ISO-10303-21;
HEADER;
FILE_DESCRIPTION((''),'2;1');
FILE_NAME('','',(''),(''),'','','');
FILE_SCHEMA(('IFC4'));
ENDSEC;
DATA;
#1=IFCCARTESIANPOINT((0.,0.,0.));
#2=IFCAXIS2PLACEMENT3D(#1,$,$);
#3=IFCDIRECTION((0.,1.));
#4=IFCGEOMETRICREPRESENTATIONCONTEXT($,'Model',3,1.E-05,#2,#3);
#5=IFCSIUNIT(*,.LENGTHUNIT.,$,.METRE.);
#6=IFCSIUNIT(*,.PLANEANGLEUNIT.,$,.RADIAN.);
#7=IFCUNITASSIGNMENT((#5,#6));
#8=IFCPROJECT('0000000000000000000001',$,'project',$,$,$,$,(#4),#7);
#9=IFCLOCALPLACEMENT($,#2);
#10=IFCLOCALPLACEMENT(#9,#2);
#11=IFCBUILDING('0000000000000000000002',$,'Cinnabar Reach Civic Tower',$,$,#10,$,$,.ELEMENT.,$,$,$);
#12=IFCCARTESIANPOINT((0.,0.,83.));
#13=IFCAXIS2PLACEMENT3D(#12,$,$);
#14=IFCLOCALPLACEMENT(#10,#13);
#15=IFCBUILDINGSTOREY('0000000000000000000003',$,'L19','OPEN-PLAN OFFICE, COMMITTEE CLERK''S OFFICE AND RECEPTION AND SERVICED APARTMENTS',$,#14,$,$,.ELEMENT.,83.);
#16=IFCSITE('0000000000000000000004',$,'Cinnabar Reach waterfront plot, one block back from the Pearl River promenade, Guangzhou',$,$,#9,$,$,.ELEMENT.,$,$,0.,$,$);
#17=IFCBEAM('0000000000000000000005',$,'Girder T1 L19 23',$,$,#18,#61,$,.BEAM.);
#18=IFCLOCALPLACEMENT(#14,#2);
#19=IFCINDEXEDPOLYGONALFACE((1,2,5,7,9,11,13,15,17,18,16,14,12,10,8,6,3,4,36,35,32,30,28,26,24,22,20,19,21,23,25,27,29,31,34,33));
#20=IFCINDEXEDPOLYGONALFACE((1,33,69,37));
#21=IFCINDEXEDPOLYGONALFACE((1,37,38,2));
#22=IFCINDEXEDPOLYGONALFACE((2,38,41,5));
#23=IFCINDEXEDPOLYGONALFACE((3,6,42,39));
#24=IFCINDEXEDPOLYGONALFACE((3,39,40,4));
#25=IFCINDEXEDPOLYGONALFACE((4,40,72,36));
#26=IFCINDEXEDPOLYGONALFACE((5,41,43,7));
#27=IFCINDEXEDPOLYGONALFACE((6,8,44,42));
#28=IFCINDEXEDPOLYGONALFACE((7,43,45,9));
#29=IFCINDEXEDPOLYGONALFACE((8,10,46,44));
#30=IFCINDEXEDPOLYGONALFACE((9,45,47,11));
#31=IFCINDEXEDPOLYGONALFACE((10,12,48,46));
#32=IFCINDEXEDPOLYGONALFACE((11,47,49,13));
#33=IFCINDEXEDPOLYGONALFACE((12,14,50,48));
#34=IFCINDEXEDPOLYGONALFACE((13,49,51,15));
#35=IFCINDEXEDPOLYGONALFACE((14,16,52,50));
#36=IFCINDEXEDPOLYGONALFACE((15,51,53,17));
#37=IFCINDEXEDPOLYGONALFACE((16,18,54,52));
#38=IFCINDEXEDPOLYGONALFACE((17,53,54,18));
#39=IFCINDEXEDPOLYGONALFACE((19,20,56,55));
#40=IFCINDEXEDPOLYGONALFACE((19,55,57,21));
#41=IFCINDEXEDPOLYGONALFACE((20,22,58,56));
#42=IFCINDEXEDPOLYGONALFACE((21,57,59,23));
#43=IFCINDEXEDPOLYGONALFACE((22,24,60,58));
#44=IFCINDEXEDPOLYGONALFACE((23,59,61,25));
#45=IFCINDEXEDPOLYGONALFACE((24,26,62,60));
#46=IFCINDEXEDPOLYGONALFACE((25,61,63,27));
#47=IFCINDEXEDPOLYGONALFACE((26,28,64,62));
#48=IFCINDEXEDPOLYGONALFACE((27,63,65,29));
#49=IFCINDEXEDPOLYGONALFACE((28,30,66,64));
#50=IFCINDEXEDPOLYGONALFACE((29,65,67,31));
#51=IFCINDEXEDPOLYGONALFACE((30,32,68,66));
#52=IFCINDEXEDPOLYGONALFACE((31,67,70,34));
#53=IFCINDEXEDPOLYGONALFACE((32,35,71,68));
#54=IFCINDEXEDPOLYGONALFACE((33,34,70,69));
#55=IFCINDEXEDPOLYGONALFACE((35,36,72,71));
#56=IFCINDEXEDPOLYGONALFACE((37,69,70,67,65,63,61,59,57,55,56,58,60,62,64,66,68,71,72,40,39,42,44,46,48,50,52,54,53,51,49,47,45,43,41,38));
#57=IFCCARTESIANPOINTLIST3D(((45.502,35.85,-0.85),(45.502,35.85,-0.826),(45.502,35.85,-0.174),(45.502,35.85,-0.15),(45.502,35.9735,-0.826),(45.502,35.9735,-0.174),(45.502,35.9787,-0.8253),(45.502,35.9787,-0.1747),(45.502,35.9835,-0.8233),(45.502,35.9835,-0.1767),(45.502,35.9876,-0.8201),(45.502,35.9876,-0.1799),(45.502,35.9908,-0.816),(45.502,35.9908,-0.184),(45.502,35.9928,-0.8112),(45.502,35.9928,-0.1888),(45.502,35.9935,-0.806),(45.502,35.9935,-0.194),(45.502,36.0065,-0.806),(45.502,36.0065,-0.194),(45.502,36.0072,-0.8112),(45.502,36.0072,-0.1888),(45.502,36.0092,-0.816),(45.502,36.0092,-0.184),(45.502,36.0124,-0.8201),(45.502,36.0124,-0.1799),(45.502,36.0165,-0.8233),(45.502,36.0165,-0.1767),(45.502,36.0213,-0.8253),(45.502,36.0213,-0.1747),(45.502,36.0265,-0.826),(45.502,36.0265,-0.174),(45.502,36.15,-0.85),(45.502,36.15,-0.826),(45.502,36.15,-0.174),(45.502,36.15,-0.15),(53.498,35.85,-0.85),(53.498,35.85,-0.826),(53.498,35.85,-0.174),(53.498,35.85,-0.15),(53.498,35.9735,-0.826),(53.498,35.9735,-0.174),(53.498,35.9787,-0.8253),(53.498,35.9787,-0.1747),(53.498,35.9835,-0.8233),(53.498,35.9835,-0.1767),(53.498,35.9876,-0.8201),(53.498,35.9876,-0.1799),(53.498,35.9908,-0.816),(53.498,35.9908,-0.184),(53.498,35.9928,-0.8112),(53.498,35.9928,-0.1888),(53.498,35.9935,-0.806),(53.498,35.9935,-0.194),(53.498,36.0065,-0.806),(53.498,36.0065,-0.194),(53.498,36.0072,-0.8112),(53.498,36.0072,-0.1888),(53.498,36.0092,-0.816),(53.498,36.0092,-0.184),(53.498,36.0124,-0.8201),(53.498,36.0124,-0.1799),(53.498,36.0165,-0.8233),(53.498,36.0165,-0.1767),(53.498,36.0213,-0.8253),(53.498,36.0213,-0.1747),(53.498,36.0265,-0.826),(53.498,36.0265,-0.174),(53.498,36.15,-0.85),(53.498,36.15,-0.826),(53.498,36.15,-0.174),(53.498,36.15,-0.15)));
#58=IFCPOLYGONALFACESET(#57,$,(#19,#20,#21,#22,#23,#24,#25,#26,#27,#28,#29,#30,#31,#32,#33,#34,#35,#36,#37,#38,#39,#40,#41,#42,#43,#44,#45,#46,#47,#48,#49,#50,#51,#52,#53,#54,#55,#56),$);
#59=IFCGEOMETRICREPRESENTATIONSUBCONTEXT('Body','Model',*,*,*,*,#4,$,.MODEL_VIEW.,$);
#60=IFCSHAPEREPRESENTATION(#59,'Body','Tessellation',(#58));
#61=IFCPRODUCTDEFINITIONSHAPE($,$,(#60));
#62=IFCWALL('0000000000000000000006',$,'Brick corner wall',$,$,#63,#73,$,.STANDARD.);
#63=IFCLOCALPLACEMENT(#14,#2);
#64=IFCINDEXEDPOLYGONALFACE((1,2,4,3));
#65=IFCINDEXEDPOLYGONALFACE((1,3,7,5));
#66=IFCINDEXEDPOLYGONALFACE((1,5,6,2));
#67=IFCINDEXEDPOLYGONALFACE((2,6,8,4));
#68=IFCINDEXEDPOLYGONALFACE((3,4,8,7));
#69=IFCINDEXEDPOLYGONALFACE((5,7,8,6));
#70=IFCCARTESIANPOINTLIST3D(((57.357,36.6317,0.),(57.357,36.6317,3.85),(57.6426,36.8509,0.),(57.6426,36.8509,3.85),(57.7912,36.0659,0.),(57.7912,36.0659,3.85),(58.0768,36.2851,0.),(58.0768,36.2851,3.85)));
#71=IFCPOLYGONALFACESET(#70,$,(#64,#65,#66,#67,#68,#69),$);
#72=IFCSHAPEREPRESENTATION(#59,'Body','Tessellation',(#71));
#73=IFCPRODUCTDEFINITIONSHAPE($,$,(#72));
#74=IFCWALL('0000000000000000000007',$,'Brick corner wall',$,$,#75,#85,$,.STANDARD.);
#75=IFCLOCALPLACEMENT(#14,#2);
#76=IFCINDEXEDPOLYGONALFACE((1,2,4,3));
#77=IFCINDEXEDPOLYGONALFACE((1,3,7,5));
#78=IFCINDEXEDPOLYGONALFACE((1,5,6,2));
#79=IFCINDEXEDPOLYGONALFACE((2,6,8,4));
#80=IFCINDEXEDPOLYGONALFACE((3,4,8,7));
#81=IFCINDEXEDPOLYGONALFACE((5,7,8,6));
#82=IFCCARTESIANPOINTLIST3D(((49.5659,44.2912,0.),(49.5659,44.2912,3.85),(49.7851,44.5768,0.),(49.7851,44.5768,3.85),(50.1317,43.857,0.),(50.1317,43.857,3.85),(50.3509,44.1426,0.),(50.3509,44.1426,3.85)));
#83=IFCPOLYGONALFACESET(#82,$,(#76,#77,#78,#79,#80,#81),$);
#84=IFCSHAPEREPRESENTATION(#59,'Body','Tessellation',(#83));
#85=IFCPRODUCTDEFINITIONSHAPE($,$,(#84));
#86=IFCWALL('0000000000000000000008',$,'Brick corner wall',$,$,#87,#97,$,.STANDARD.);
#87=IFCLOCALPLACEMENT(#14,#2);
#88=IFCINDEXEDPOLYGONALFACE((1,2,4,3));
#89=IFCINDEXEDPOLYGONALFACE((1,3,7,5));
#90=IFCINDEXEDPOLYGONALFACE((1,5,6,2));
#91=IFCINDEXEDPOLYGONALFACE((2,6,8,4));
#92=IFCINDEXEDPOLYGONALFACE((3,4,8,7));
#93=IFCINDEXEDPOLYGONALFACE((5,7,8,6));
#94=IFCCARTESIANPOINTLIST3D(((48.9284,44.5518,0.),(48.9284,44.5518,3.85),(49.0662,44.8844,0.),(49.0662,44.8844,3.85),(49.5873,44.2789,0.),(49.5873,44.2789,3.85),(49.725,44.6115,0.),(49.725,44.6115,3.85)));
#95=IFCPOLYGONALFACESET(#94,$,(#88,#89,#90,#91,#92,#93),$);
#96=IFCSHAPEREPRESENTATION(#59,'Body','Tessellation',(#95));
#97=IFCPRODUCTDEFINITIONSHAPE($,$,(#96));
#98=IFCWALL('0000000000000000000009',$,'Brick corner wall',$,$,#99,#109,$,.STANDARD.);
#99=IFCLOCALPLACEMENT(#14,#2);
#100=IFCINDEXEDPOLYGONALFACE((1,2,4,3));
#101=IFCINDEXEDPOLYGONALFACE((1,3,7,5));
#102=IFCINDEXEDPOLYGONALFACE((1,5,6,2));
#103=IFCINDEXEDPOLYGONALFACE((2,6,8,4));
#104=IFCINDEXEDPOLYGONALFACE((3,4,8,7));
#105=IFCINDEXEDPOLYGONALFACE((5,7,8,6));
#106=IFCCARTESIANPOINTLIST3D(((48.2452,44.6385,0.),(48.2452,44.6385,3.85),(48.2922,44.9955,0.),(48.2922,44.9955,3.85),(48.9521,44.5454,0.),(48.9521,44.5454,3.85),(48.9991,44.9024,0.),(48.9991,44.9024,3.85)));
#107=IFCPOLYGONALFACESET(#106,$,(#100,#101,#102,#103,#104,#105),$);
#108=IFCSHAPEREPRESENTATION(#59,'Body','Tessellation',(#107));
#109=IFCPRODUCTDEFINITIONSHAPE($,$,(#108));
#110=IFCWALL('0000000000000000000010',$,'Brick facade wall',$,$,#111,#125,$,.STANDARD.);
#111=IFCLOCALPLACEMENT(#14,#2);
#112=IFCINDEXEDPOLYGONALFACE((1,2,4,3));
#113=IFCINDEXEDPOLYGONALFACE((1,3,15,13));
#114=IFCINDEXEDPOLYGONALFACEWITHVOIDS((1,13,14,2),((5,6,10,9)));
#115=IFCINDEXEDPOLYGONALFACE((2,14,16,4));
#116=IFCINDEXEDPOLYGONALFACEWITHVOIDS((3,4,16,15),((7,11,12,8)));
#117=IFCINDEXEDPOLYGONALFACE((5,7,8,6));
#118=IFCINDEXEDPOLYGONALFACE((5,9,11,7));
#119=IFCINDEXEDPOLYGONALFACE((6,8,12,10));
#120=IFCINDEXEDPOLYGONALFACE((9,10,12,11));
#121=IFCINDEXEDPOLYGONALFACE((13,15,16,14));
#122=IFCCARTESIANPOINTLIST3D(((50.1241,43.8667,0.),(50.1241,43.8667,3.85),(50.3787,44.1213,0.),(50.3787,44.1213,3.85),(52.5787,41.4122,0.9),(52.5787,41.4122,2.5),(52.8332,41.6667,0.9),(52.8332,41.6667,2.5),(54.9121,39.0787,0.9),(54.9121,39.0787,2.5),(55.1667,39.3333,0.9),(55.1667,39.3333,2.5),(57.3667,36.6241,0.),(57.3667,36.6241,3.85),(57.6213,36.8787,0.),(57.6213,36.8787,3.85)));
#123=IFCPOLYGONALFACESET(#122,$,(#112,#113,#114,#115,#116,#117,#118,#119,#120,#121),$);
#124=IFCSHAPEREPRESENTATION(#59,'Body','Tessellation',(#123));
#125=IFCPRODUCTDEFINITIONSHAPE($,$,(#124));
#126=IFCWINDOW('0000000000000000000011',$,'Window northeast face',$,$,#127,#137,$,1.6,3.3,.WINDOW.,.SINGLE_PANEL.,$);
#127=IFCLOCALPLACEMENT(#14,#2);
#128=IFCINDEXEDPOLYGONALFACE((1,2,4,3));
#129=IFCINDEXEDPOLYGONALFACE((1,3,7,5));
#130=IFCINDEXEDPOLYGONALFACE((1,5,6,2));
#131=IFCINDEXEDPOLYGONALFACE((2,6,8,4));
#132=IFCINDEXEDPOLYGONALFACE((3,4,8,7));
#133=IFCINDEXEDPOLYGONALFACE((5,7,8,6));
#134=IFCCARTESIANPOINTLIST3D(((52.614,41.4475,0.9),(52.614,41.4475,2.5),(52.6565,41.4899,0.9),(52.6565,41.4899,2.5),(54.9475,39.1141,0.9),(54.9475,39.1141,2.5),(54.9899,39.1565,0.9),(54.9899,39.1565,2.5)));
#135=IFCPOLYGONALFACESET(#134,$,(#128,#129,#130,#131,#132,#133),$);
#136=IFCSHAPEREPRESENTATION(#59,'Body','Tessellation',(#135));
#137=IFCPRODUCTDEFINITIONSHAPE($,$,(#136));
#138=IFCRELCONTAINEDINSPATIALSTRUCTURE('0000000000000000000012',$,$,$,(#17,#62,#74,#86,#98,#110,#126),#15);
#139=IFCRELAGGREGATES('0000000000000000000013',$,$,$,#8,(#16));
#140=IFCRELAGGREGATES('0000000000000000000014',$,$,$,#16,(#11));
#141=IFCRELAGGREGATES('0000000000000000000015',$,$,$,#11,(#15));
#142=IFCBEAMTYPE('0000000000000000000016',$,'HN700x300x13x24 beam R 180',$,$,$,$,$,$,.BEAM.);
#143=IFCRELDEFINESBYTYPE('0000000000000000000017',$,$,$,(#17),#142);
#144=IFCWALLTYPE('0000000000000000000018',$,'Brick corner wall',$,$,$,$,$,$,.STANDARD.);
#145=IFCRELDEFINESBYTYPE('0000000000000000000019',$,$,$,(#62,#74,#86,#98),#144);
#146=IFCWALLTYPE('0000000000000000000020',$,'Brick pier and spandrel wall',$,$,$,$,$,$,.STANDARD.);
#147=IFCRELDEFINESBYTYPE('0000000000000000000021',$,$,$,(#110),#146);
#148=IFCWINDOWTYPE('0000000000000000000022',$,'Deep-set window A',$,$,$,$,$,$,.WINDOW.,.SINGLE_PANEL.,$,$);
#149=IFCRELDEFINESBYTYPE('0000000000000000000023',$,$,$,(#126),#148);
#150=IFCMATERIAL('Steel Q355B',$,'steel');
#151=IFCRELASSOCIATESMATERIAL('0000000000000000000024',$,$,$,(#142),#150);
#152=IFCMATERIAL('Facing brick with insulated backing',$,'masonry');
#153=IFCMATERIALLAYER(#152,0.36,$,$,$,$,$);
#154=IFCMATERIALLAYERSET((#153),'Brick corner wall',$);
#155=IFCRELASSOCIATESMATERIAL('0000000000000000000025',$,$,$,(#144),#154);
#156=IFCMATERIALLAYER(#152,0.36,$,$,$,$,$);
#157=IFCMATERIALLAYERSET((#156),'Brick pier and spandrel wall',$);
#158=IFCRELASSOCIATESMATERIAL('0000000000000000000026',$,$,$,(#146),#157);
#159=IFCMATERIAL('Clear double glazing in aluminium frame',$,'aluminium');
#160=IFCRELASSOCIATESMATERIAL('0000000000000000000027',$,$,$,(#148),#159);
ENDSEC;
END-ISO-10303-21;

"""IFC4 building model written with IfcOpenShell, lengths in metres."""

from ifc_helpers import new_model, si_unit, direction, frame, frame_2d, origin, origin_2d, place, context, subcontext, project, spatial, rectangle, i_section, extrude, material, layer, layer_set, material_profile, profile_set, type_object, element, fill, save


model = new_model("IFC4")

# Units and contexts
model_context = context("Model", 3, precision=1e-05, world=origin(), true_north=direction((0.0, 1.0)))
body_context = subcontext(model_context, "Body", "Model", "MODEL_VIEW")
ifc_project = project(units=[si_unit("LENGTHUNIT", "METRE"), si_unit("PLANEANGLEUNIT", "RADIAN")], contexts=[model_context])

# Site, building, storey
site_placement = place(None, origin())
site = spatial("IfcSite", under=ifc_project, at=site_placement, Name="Cinnabar Reach waterfront plot, one block back from the Pearl River promenade, Guangzhou", CompositionType="ELEMENT", RefElevation=0.0)
building_placement = place(site_placement, origin())
building = spatial("IfcBuilding", under=site, at=building_placement, Name="Cinnabar Reach Civic Tower", CompositionType="ELEMENT")
storey_placement = place(building_placement, frame((0.0, 0.0, 83.0)))
storey = spatial("IfcBuildingStorey", under=building, at=storey_placement, Name="L19", Description="OPEN-PLAN OFFICE, COMMITTEE CLERK'S OFFICE AND RECEPTION AND SERVICED APARTMENTS", CompositionType="ELEMENT", Elevation=83.0)

# Beam
ifc_material_1 = material(Name="Steel Q355B", Category="steel")
ifc_material_profile_1 = material_profile(ifc_material_1, i_section(OverallWidth=0.3, OverallDepth=0.7, WebThickness=0.013, FlangeThickness=0.024, FilletRadius=0.02, at=origin_2d()), Name="HN700x300x13x24")
ifc_profile_set_1 = profile_set([ifc_material_profile_1], Name="Steel Q355B")
beam_type_1 = type_object("IfcBeamType", Name="HN700x300x13x24 beam R 180", PredefinedType="BEAM", material=ifc_profile_set_1)
beam_1_placement = place(storey_placement, frame((45.502, 36.0, -0.5), z_axis=(1.0, 0.0, 0.0), x_axis=(0.0, 1.0, 0.0)))
element("IfcBeam", 1, at=beam_1_placement, inside=storey, type_object=beam_type_1, Name="Girder T1 L19 23", PredefinedType="BEAM", context=body_context, shape_type="SweptSolid", body=[
    extrude(i_section(OverallWidth=0.3, OverallDepth=0.7, WebThickness=0.013, FlangeThickness=0.024, FilletRadius=0.02, at=origin_2d()), origin(), (0.0, 0.0, 1.0), 7.996),
])

# Walls
ifc_material_2 = material(Name="Facing brick with insulated backing", Category="masonry")
ifc_layer_1 = layer(ifc_material_2, 0.36)
ifc_layer_set_1 = layer_set([ifc_layer_1], Name="Brick corner wall")
wall_type_1 = type_object("IfcWallType", Name="Brick corner wall", PredefinedType="STANDARD", material=ifc_layer_set_1)
for number, where, z_axis, x_axis, name in (
    (2, (57.934, 36.1755, 0.0), (0.0, 0.0, 1.0), (-0.608802, 0.793322, 0.0), "Brick corner wall"),
    (3, (50.2413, 43.9998, 0.0), (0.0, 0.0, 1.0), (-0.793322, 0.608802, 0.0), "Brick corner wall"),
):
    element("IfcWall", number, at=place(storey_placement, frame(where, z_axis=z_axis, x_axis=x_axis)), inside=storey, type_object=wall_type_1, Name=name, PredefinedType="STANDARD", context=body_context, shape_type="SweptSolid", body=[
        extrude(rectangle(XDim=0.7132, YDim=0.36, at=frame_2d((0.3566, 0.0))), origin(), (0.0, 0.0, 1.0), 3.85),
    ])
for number, where, z_axis, x_axis, name in (
    (4, (49.6561, 44.4452, 0.0), (0.0, 0.0, 1.0), (-0.923872, 0.382703, 0.0), "Brick corner wall"),
    (5, (48.9756, 44.7239, 0.0), (0.0, 0.0, 1.0), (-0.991441, 0.130556, 0.0), "Brick corner wall"),
):
    element("IfcWall", number, at=place(storey_placement, frame(where, z_axis=z_axis, x_axis=x_axis)), inside=storey, type_object=wall_type_1, Name=name, PredefinedType="STANDARD", context=body_context, shape_type="SweptSolid", body=[
        extrude(rectangle(XDim=0.7131, YDim=0.36, at=frame_2d((0.3565, 0.0))), origin(), (0.0, 0.0, 1.0), 3.85),
    ])

# Wall, opening, window
ifc_layer_2 = layer(ifc_material_2, 0.36)
ifc_layer_set_2 = layer_set([ifc_layer_2], Name="Brick pier and spandrel wall")
wall_type_2 = type_object("IfcWallType", Name="Brick pier and spandrel wall", PredefinedType="STANDARD", material=ifc_layer_set_2)
wall_1_placement = place(storey_placement, frame((57.494, 36.7514, 0.0), z_axis=(0.0, 0.0, 1.0), x_axis=(-0.707107, 0.707107, 0.0)))
wall_1 = element("IfcWall", 6, at=wall_1_placement, inside=storey, type_object=wall_type_2, Name="Brick facade wall", PredefinedType="STANDARD", context=body_context, shape_type="SweptSolid", body=[
    extrude(rectangle(XDim=10.2426, YDim=0.36, at=frame_2d((5.1213, 0.0))), origin(), (0.0, 0.0, 1.0), 3.85),
])
opening_1_placement = place(wall_1_placement, frame((3.4713, 0.0, 0.9)))
opening_1 = element("IfcOpeningElement", 7, at=opening_1_placement, cuts=wall_1, PredefinedType="OPENING", context=body_context, shape_type="SweptSolid", body=[
    extrude(rectangle(XDim=3.3, YDim=1.6, at=frame_2d((1.65, 0.8))), frame((0.0, 0.19, 0.0), z_axis=(0.0, -1.0, 0.0), x_axis=(1.0, 0.0, 0.0)), (0.0, 0.0, 1.0), 0.38),
])
ifc_material_3 = material(Name="Clear double glazing in aluminium frame", Category="aluminium")
window_type_1 = type_object("IfcWindowType", Name="Deep-set window A", PartitioningType="SINGLE_PANEL", PredefinedType="WINDOW", material=ifc_material_3)
window_1_placement = place(opening_1_placement, origin())
window_1 = element("IfcWindow", 8, at=window_1_placement, inside=storey, type_object=window_type_1, Name="Window northeast face", OverallHeight=1.6, OverallWidth=3.3, PartitioningType="SINGLE_PANEL", PredefinedType="WINDOW", context=body_context, shape_type="SweptSolid", body=[
    extrude(rectangle(XDim=3.3, YDim=1.6, at=frame_2d((1.65, 0.8))), frame((0.0, 0.13, 0.0), z_axis=(0.0, -1.0, 0.0), x_axis=(1.0, 0.0, 0.0)), (0.0, 0.0, 1.0), 0.06),
])
fill(opening_1, window_1)

save(model, "model.ifc")
